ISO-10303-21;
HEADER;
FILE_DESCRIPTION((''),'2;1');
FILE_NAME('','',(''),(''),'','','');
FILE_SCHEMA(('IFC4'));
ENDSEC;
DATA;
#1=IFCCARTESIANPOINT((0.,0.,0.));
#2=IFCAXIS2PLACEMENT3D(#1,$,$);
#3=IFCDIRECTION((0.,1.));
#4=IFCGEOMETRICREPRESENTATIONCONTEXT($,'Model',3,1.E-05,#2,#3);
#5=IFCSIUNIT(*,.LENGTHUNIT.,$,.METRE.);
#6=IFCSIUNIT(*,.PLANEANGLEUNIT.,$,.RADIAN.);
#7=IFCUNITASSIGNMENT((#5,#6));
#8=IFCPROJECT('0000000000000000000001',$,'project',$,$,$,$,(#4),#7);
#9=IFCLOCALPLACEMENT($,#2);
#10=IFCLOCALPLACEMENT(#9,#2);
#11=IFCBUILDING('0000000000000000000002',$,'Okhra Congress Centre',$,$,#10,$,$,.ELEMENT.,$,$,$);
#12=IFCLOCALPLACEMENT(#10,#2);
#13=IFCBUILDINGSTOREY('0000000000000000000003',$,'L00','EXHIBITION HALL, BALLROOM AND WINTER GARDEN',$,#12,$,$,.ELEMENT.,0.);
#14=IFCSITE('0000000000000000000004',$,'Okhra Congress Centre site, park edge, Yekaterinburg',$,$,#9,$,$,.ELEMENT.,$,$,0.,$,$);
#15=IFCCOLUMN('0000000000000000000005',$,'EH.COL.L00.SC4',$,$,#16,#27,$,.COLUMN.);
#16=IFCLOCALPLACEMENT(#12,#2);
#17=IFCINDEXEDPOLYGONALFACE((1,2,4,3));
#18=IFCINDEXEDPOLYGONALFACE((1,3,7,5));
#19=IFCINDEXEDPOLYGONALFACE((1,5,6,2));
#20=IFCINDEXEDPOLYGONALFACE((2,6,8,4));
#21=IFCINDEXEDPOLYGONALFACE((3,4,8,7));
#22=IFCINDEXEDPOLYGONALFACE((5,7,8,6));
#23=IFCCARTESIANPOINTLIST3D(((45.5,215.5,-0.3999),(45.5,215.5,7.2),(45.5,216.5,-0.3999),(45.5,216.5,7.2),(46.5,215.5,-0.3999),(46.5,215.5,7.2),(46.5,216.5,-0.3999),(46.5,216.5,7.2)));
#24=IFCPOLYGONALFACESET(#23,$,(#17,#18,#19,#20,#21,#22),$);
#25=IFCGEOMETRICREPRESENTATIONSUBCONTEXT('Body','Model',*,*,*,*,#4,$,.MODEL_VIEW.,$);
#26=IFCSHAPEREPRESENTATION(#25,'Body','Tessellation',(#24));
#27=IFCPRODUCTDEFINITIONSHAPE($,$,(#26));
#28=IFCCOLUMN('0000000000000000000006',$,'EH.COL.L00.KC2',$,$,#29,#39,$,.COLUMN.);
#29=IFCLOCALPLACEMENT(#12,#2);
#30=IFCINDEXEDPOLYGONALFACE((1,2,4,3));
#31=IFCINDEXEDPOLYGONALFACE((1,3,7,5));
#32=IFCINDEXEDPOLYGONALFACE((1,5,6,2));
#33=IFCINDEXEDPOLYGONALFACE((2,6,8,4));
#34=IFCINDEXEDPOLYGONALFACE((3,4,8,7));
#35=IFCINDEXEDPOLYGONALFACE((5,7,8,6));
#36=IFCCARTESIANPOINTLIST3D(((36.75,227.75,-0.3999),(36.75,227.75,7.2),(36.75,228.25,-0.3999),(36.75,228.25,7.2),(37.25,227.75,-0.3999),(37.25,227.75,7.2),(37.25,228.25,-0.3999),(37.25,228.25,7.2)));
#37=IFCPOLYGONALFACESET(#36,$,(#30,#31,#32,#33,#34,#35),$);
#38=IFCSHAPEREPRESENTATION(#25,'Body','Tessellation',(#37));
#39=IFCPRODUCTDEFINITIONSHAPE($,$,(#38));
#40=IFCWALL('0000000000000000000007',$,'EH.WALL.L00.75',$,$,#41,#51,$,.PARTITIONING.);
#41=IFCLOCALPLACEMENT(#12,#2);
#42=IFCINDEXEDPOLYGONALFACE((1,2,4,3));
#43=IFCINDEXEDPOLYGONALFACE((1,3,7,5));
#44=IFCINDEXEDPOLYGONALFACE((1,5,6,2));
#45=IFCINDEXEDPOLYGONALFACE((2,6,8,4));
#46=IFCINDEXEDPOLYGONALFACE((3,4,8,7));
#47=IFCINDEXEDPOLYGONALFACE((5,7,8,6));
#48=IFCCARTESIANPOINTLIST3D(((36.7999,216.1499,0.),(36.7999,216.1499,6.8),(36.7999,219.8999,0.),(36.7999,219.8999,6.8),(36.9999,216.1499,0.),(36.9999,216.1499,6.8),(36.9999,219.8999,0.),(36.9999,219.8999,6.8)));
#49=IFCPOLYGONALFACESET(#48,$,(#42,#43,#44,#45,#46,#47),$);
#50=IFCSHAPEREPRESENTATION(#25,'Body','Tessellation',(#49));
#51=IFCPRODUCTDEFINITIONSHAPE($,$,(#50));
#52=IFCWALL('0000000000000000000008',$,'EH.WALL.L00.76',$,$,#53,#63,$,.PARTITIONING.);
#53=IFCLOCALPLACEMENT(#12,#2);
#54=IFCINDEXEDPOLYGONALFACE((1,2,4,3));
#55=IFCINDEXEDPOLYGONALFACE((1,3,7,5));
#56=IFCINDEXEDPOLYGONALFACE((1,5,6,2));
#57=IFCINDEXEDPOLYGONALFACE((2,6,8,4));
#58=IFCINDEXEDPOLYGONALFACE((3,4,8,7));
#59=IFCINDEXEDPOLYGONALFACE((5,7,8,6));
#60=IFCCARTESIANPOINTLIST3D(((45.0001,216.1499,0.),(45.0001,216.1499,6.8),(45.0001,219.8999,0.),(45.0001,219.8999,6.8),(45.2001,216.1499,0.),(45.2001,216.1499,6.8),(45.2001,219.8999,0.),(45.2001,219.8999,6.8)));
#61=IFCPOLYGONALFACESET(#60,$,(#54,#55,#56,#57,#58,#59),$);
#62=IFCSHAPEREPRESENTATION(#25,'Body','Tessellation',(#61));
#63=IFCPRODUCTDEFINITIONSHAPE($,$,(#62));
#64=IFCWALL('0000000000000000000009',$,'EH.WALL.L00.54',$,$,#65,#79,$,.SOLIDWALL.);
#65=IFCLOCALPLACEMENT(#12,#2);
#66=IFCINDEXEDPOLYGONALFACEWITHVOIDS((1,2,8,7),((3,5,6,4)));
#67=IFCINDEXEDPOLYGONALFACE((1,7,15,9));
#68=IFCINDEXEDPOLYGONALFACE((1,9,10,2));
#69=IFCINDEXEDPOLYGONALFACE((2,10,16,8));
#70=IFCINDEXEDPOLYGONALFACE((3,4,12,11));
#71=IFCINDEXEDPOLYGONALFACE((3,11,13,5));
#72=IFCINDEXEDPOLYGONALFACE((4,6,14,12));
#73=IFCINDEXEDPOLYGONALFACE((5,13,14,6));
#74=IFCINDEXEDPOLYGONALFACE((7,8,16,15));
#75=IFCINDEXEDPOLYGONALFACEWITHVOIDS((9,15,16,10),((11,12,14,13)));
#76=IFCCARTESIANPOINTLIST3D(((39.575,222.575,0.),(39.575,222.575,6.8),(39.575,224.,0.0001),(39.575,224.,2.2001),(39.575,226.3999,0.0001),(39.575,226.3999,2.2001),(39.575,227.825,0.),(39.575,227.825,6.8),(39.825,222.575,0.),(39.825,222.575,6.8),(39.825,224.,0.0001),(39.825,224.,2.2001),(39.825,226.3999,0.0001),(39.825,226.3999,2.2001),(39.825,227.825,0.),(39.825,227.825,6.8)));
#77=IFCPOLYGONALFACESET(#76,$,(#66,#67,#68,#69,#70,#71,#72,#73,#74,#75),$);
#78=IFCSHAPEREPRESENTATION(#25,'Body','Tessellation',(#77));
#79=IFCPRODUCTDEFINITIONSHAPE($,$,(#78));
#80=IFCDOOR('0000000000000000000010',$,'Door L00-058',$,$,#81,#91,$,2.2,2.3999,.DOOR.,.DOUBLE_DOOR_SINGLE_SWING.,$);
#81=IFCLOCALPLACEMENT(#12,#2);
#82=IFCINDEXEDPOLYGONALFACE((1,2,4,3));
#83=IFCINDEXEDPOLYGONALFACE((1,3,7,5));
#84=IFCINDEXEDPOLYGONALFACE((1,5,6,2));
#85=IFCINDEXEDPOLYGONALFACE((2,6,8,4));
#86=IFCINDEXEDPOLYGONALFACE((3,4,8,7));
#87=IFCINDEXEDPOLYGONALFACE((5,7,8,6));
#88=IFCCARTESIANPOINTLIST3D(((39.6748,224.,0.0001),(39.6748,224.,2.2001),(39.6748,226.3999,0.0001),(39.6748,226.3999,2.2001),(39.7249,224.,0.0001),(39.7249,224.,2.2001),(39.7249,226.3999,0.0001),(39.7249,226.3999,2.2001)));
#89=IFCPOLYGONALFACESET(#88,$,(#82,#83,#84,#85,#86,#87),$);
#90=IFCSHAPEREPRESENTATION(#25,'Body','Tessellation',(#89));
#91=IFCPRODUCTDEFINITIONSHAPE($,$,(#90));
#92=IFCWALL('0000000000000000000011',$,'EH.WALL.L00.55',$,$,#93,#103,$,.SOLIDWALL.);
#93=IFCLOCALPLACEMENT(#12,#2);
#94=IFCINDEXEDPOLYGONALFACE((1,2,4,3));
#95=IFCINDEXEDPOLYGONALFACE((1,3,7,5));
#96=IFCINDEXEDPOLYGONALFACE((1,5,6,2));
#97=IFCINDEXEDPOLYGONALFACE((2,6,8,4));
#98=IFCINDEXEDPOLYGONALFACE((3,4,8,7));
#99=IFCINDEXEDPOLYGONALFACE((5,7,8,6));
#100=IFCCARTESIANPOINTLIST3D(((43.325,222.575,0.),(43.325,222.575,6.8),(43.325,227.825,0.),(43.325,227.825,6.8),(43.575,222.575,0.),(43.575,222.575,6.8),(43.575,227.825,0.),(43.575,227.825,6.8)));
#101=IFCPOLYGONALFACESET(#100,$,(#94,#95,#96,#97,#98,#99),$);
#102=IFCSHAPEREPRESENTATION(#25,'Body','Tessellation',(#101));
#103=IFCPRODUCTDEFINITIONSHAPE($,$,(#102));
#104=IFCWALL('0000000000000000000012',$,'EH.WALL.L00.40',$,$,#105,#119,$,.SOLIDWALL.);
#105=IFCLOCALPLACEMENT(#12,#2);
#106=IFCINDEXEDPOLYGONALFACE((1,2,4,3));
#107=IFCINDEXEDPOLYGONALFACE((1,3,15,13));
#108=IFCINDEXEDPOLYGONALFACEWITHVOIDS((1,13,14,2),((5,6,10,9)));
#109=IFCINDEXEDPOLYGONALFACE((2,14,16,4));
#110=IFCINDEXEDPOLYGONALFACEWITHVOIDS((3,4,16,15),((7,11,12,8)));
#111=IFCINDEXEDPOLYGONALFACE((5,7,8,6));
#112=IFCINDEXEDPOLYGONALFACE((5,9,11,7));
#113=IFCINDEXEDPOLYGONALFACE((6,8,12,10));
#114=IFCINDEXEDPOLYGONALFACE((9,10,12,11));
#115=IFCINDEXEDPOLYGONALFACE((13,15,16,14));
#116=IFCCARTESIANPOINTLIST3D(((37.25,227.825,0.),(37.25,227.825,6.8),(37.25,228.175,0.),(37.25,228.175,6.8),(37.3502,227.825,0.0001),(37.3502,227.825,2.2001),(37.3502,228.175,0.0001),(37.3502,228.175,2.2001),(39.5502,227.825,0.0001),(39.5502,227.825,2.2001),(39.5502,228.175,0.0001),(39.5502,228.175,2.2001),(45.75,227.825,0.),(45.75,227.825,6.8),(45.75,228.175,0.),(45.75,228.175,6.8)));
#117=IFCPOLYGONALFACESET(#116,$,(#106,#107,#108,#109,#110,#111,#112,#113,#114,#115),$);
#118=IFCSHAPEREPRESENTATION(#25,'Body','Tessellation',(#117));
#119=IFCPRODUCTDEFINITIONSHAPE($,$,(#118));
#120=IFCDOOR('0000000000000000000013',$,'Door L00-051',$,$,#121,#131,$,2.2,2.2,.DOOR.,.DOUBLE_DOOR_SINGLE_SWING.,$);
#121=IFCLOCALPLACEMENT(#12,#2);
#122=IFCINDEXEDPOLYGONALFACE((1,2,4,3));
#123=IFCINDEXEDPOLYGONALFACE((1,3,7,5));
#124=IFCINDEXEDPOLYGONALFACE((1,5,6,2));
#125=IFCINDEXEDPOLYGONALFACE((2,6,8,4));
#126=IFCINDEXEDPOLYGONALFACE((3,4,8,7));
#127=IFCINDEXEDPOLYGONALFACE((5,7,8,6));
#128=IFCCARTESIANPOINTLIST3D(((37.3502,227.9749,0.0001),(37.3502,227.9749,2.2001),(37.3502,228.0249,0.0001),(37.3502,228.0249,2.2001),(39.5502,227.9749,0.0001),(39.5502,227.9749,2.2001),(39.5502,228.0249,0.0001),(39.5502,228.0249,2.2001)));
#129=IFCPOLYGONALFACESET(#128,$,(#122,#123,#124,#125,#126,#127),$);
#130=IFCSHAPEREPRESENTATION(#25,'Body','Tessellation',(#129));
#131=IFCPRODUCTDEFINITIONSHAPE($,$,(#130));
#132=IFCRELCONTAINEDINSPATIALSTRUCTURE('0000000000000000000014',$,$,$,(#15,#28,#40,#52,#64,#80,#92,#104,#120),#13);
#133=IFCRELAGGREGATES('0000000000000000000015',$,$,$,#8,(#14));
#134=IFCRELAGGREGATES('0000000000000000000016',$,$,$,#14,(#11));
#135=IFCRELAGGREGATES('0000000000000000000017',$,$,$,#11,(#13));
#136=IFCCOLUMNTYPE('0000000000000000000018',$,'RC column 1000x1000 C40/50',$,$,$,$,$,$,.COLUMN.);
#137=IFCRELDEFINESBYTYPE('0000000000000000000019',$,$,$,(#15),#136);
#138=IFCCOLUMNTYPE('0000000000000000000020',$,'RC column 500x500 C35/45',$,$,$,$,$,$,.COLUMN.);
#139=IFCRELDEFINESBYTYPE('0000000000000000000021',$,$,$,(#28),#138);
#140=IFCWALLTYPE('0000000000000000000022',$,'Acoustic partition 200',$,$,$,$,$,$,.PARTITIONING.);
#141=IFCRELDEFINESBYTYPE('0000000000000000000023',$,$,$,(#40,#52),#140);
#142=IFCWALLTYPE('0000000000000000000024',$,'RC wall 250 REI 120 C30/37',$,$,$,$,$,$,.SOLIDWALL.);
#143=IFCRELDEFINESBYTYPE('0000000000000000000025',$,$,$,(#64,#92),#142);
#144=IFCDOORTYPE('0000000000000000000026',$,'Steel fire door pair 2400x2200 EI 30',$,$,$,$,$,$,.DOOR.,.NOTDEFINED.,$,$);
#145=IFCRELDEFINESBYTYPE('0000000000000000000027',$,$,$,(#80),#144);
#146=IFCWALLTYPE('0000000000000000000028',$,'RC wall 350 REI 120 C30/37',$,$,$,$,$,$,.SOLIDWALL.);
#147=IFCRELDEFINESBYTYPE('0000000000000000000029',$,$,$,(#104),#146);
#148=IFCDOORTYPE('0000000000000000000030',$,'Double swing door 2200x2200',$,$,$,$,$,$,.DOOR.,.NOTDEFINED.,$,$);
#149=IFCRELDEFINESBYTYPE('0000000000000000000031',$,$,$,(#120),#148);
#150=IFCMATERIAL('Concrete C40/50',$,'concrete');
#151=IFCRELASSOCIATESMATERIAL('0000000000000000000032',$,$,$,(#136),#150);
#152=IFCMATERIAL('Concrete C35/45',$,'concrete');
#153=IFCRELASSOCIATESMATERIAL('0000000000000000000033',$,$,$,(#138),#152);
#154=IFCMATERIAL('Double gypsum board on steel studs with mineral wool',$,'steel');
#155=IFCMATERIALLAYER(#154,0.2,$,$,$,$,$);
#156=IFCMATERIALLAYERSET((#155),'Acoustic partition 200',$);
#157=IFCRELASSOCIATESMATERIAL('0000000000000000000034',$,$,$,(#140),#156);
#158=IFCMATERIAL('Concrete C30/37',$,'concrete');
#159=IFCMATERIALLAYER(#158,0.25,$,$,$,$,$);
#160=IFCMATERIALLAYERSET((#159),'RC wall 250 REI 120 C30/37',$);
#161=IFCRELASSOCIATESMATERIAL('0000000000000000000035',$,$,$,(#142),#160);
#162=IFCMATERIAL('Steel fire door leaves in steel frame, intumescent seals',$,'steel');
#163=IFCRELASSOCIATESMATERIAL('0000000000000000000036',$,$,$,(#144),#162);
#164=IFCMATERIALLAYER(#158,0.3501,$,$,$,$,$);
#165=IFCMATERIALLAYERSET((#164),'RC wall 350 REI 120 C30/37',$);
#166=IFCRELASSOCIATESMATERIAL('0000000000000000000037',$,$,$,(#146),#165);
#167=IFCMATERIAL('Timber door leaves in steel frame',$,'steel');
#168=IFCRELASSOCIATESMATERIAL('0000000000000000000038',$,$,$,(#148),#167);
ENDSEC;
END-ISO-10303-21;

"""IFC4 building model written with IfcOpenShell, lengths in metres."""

from ifc_helpers import new_model, si_unit, direction, frame, frame_2d, origin, origin_2d, place, context, subcontext, project, spatial, rectangle, extrude, material, layer, layer_set, material_profile, profile_set, type_object, element, fill, save


model = new_model("IFC4")

# Units and contexts
model_context = context("Model", 3, precision=1e-05, world=origin(), true_north=direction((0.0, 1.0)))
body_context = subcontext(model_context, "Body", "Model", "MODEL_VIEW")
ifc_project = project(units=[si_unit("LENGTHUNIT", "METRE"), si_unit("PLANEANGLEUNIT", "RADIAN")], contexts=[model_context])

# Site, building, storey
site_placement = place(None, origin())
site = spatial("IfcSite", under=ifc_project, at=site_placement, Name="Okhra Congress Centre site, park edge, Yekaterinburg", CompositionType="ELEMENT", RefElevation=0.0)
building_placement = place(site_placement, origin())
building = spatial("IfcBuilding", under=site, at=building_placement, Name="Okhra Congress Centre", CompositionType="ELEMENT")
storey_placement = place(building_placement, origin())
storey = spatial("IfcBuildingStorey", under=building, at=storey_placement, Name="L00", Description="EXHIBITION HALL, BALLROOM AND WINTER GARDEN", CompositionType="ELEMENT", Elevation=0.0)

# Shared definitions
ifc_material_1 = material(Name="Concrete C30/37", Category="concrete")

# Columns
ifc_material_2 = material(Name="Concrete C40/50", Category="concrete")
ifc_material_profile_1 = material_profile(ifc_material_2, rectangle(XDim=1.0, YDim=1.0, at=origin_2d()), Name="RC 1000x1000")
ifc_profile_set_1 = profile_set([ifc_material_profile_1], Name="Concrete C40/50")
column_type_1 = type_object("IfcColumnType", Name="RC column 1000x1000 C40/50", PredefinedType="COLUMN", material=ifc_profile_set_1)
column_1_placement = place(storey_placement, frame((46.0, 216.0, -0.3999), z_axis=(0.0, 0.0, 1.0), x_axis=(1.0, 0.0, 0.0)))
element("IfcColumn", 1, at=column_1_placement, inside=storey, type_object=column_type_1, Name="EH.COL.L00.SC4", PredefinedType="COLUMN", context=body_context, shape_type="SweptSolid", body=[
    extrude(rectangle(XDim=1.0, YDim=1.0, at=origin_2d()), origin(), (0.0, 0.0, 1.0), 7.5999),
])
ifc_material_3 = material(Name="Concrete C35/45", Category="concrete")
ifc_material_profile_2 = material_profile(ifc_material_3, rectangle(XDim=0.5, YDim=0.5, at=origin_2d()), Name="RC 500x500")
ifc_profile_set_2 = profile_set([ifc_material_profile_2], Name="Concrete C35/45")
column_type_2 = type_object("IfcColumnType", Name="RC column 500x500 C35/45", PredefinedType="COLUMN", material=ifc_profile_set_2)
column_2_placement = place(storey_placement, frame((37.0, 228.0, -0.3999), z_axis=(0.0, 0.0, 1.0), x_axis=(1.0, 0.0, 0.0)))
element("IfcColumn", 2, at=column_2_placement, inside=storey, type_object=column_type_2, Name="EH.COL.L00.KC2", PredefinedType="COLUMN", context=body_context, shape_type="SweptSolid", body=[
    extrude(rectangle(XDim=0.5, YDim=0.5, at=origin_2d()), origin(), (0.0, 0.0, 1.0), 7.5999),
])

# Walls
ifc_material_4 = material(Name="Double gypsum board on steel studs with mineral wool", Category="steel")
ifc_layer_1 = layer(ifc_material_4, 0.2)
ifc_layer_set_1 = layer_set([ifc_layer_1], Name="Acoustic partition 200")
wall_type_1 = type_object("IfcWallType", Name="Acoustic partition 200", PredefinedType="PARTITIONING", material=ifc_layer_set_1)
for number, where, z_axis, x_axis, name in (
    (3, (36.8999, 216.1499, 0.0), (0.0, 0.0, 1.0), (0.0, 1.0, 0.0), "EH.WALL.L00.75"),
    (4, (45.1001, 216.1499, 0.0), (0.0, 0.0, 1.0), (0.0, 1.0, 0.0), "EH.WALL.L00.76"),
):
    element("IfcWall", number, at=place(storey_placement, frame(where, z_axis=z_axis, x_axis=x_axis)), inside=storey, type_object=wall_type_1, Name=name, PredefinedType="PARTITIONING", context=body_context, shape_type="SweptSolid", body=[
        extrude(rectangle(XDim=3.75, YDim=0.2, at=frame_2d((1.875, 0.0))), origin(), (0.0, 0.0, 1.0), 6.8),
    ])

# Wall, opening, door
ifc_layer_2 = layer(ifc_material_1, 0.25)
ifc_layer_set_2 = layer_set([ifc_layer_2], Name="RC wall 250 REI 120 C30/37")
wall_type_2 = type_object("IfcWallType", Name="RC wall 250 REI 120 C30/37", PredefinedType="SOLIDWALL", material=ifc_layer_set_2)
wall_1_placement = place(storey_placement, frame((39.7, 222.575, 0.0), z_axis=(0.0, 0.0, 1.0), x_axis=(0.0, 1.0, 0.0)))
wall_1 = element("IfcWall", 5, at=wall_1_placement, inside=storey, type_object=wall_type_2, Name="EH.WALL.L00.54", PredefinedType="SOLIDWALL", context=body_context, shape_type="SweptSolid", body=[
    extrude(rectangle(XDim=5.25, YDim=0.25, at=frame_2d((2.625, 0.0))), origin(), (0.0, 0.0, 1.0), 6.8),
])
opening_1_placement = place(wall_1_placement, frame((1.425, 0.0, 0.0)))
opening_1 = element("IfcOpeningElement", 6, at=opening_1_placement, cuts=wall_1, PredefinedType="OPENING", context=body_context, shape_type="SweptSolid", body=[
    extrude(rectangle(XDim=2.3999, YDim=2.2, at=frame_2d((1.2, 1.1001))), frame((0.0, 0.135, 0.0), z_axis=(0.0, -1.0, 0.0), x_axis=(1.0, 0.0, 0.0)), (0.0, 0.0, 1.0), 0.27),
])
ifc_material_5 = material(Name="Steel fire door leaves in steel frame, intumescent seals", Category="steel")
door_type_1 = type_object("IfcDoorType", Name="Steel fire door pair 2400x2200 EI 30", OperationType="NOTDEFINED", PredefinedType="DOOR", material=ifc_material_5)
door_1_placement = place(opening_1_placement, frame((2.3999, 0.0, 0.0), z_axis=(0.0, 0.0, 1.0), x_axis=(-1.0, 0.0, 0.0)))
door_1 = element("IfcDoor", 7, at=door_1_placement, inside=storey, type_object=door_type_1, Name="Door L00-058", OperationType="DOUBLE_DOOR_SINGLE_SWING", OverallHeight=2.2, OverallWidth=2.3999, PredefinedType="DOOR", context=body_context, shape_type="SweptSolid", body=[
    extrude(rectangle(XDim=2.3999, YDim=2.2, at=frame_2d((1.2, 1.1001))), frame((0.0, 0.0249, 0.0), z_axis=(0.0, -1.0, 0.0), x_axis=(1.0, 0.0, 0.0)), (0.0, 0.0, 1.0), 0.05),
])
fill(opening_1, door_1)

# Wall
wall_2_placement = place(storey_placement, frame((43.45, 222.575, 0.0), z_axis=(0.0, 0.0, 1.0), x_axis=(0.0, 1.0, 0.0)))
element("IfcWall", 8, at=wall_2_placement, inside=storey, type_object=wall_type_2, Name="EH.WALL.L00.55", PredefinedType="SOLIDWALL", context=body_context, shape_type="SweptSolid", body=[
    extrude(rectangle(XDim=5.25, YDim=0.25, at=frame_2d((2.625, 0.0))), origin(), (0.0, 0.0, 1.0), 6.8),
])

# Wall, opening, door
ifc_layer_3 = layer(ifc_material_1, 0.3501)
ifc_layer_set_3 = layer_set([ifc_layer_3], Name="RC wall 350 REI 120 C30/37")
wall_type_3 = type_object("IfcWallType", Name="RC wall 350 REI 120 C30/37", PredefinedType="SOLIDWALL", material=ifc_layer_set_3)
wall_3_placement = place(storey_placement, frame((37.25, 228.0, 0.0), z_axis=(0.0, 0.0, 1.0), x_axis=(1.0, 0.0, 0.0)))
wall_3 = element("IfcWall", 9, at=wall_3_placement, inside=storey, type_object=wall_type_3, Name="EH.WALL.L00.40", PredefinedType="SOLIDWALL", context=body_context, shape_type="SweptSolid", body=[
    extrude(rectangle(XDim=8.5, YDim=0.3501, at=frame_2d((4.25, 0.0))), origin(), (0.0, 0.0, 1.0), 6.8),
])
opening_2_placement = place(wall_3_placement, frame((0.1001, 0.0, 0.0)))
opening_2 = element("IfcOpeningElement", 10, at=opening_2_placement, cuts=wall_3, PredefinedType="OPENING", context=body_context, shape_type="SweptSolid", body=[
    extrude(rectangle(XDim=2.2, YDim=2.2, at=frame_2d((1.1001, 1.1001))), frame((0.0, 0.1851, 0.0), z_axis=(0.0, -1.0, 0.0), x_axis=(1.0, 0.0, 0.0)), (0.0, 0.0, 1.0), 0.3701),
])
ifc_material_6 = material(Name="Timber door leaves in steel frame", Category="steel")
door_type_2 = type_object("IfcDoorType", Name="Double swing door 2200x2200", OperationType="NOTDEFINED", PredefinedType="DOOR", material=ifc_material_6)
door_2_placement = place(opening_2_placement, origin())
door_2 = element("IfcDoor", 11, at=door_2_placement, inside=storey, type_object=door_type_2, Name="Door L00-051", OperationType="DOUBLE_DOOR_SINGLE_SWING", OverallHeight=2.2, OverallWidth=2.2, PredefinedType="DOOR", context=body_context, shape_type="SweptSolid", body=[
    extrude(rectangle(XDim=2.2, YDim=2.2, at=frame_2d((1.1001, 1.1001))), frame((0.0, 0.0249, 0.0), z_axis=(0.0, -1.0, 0.0), x_axis=(1.0, 0.0, 0.0)), (0.0, 0.0, 1.0), 0.05),
])
fill(opening_2, door_2)

save(model, "model.ifc")
